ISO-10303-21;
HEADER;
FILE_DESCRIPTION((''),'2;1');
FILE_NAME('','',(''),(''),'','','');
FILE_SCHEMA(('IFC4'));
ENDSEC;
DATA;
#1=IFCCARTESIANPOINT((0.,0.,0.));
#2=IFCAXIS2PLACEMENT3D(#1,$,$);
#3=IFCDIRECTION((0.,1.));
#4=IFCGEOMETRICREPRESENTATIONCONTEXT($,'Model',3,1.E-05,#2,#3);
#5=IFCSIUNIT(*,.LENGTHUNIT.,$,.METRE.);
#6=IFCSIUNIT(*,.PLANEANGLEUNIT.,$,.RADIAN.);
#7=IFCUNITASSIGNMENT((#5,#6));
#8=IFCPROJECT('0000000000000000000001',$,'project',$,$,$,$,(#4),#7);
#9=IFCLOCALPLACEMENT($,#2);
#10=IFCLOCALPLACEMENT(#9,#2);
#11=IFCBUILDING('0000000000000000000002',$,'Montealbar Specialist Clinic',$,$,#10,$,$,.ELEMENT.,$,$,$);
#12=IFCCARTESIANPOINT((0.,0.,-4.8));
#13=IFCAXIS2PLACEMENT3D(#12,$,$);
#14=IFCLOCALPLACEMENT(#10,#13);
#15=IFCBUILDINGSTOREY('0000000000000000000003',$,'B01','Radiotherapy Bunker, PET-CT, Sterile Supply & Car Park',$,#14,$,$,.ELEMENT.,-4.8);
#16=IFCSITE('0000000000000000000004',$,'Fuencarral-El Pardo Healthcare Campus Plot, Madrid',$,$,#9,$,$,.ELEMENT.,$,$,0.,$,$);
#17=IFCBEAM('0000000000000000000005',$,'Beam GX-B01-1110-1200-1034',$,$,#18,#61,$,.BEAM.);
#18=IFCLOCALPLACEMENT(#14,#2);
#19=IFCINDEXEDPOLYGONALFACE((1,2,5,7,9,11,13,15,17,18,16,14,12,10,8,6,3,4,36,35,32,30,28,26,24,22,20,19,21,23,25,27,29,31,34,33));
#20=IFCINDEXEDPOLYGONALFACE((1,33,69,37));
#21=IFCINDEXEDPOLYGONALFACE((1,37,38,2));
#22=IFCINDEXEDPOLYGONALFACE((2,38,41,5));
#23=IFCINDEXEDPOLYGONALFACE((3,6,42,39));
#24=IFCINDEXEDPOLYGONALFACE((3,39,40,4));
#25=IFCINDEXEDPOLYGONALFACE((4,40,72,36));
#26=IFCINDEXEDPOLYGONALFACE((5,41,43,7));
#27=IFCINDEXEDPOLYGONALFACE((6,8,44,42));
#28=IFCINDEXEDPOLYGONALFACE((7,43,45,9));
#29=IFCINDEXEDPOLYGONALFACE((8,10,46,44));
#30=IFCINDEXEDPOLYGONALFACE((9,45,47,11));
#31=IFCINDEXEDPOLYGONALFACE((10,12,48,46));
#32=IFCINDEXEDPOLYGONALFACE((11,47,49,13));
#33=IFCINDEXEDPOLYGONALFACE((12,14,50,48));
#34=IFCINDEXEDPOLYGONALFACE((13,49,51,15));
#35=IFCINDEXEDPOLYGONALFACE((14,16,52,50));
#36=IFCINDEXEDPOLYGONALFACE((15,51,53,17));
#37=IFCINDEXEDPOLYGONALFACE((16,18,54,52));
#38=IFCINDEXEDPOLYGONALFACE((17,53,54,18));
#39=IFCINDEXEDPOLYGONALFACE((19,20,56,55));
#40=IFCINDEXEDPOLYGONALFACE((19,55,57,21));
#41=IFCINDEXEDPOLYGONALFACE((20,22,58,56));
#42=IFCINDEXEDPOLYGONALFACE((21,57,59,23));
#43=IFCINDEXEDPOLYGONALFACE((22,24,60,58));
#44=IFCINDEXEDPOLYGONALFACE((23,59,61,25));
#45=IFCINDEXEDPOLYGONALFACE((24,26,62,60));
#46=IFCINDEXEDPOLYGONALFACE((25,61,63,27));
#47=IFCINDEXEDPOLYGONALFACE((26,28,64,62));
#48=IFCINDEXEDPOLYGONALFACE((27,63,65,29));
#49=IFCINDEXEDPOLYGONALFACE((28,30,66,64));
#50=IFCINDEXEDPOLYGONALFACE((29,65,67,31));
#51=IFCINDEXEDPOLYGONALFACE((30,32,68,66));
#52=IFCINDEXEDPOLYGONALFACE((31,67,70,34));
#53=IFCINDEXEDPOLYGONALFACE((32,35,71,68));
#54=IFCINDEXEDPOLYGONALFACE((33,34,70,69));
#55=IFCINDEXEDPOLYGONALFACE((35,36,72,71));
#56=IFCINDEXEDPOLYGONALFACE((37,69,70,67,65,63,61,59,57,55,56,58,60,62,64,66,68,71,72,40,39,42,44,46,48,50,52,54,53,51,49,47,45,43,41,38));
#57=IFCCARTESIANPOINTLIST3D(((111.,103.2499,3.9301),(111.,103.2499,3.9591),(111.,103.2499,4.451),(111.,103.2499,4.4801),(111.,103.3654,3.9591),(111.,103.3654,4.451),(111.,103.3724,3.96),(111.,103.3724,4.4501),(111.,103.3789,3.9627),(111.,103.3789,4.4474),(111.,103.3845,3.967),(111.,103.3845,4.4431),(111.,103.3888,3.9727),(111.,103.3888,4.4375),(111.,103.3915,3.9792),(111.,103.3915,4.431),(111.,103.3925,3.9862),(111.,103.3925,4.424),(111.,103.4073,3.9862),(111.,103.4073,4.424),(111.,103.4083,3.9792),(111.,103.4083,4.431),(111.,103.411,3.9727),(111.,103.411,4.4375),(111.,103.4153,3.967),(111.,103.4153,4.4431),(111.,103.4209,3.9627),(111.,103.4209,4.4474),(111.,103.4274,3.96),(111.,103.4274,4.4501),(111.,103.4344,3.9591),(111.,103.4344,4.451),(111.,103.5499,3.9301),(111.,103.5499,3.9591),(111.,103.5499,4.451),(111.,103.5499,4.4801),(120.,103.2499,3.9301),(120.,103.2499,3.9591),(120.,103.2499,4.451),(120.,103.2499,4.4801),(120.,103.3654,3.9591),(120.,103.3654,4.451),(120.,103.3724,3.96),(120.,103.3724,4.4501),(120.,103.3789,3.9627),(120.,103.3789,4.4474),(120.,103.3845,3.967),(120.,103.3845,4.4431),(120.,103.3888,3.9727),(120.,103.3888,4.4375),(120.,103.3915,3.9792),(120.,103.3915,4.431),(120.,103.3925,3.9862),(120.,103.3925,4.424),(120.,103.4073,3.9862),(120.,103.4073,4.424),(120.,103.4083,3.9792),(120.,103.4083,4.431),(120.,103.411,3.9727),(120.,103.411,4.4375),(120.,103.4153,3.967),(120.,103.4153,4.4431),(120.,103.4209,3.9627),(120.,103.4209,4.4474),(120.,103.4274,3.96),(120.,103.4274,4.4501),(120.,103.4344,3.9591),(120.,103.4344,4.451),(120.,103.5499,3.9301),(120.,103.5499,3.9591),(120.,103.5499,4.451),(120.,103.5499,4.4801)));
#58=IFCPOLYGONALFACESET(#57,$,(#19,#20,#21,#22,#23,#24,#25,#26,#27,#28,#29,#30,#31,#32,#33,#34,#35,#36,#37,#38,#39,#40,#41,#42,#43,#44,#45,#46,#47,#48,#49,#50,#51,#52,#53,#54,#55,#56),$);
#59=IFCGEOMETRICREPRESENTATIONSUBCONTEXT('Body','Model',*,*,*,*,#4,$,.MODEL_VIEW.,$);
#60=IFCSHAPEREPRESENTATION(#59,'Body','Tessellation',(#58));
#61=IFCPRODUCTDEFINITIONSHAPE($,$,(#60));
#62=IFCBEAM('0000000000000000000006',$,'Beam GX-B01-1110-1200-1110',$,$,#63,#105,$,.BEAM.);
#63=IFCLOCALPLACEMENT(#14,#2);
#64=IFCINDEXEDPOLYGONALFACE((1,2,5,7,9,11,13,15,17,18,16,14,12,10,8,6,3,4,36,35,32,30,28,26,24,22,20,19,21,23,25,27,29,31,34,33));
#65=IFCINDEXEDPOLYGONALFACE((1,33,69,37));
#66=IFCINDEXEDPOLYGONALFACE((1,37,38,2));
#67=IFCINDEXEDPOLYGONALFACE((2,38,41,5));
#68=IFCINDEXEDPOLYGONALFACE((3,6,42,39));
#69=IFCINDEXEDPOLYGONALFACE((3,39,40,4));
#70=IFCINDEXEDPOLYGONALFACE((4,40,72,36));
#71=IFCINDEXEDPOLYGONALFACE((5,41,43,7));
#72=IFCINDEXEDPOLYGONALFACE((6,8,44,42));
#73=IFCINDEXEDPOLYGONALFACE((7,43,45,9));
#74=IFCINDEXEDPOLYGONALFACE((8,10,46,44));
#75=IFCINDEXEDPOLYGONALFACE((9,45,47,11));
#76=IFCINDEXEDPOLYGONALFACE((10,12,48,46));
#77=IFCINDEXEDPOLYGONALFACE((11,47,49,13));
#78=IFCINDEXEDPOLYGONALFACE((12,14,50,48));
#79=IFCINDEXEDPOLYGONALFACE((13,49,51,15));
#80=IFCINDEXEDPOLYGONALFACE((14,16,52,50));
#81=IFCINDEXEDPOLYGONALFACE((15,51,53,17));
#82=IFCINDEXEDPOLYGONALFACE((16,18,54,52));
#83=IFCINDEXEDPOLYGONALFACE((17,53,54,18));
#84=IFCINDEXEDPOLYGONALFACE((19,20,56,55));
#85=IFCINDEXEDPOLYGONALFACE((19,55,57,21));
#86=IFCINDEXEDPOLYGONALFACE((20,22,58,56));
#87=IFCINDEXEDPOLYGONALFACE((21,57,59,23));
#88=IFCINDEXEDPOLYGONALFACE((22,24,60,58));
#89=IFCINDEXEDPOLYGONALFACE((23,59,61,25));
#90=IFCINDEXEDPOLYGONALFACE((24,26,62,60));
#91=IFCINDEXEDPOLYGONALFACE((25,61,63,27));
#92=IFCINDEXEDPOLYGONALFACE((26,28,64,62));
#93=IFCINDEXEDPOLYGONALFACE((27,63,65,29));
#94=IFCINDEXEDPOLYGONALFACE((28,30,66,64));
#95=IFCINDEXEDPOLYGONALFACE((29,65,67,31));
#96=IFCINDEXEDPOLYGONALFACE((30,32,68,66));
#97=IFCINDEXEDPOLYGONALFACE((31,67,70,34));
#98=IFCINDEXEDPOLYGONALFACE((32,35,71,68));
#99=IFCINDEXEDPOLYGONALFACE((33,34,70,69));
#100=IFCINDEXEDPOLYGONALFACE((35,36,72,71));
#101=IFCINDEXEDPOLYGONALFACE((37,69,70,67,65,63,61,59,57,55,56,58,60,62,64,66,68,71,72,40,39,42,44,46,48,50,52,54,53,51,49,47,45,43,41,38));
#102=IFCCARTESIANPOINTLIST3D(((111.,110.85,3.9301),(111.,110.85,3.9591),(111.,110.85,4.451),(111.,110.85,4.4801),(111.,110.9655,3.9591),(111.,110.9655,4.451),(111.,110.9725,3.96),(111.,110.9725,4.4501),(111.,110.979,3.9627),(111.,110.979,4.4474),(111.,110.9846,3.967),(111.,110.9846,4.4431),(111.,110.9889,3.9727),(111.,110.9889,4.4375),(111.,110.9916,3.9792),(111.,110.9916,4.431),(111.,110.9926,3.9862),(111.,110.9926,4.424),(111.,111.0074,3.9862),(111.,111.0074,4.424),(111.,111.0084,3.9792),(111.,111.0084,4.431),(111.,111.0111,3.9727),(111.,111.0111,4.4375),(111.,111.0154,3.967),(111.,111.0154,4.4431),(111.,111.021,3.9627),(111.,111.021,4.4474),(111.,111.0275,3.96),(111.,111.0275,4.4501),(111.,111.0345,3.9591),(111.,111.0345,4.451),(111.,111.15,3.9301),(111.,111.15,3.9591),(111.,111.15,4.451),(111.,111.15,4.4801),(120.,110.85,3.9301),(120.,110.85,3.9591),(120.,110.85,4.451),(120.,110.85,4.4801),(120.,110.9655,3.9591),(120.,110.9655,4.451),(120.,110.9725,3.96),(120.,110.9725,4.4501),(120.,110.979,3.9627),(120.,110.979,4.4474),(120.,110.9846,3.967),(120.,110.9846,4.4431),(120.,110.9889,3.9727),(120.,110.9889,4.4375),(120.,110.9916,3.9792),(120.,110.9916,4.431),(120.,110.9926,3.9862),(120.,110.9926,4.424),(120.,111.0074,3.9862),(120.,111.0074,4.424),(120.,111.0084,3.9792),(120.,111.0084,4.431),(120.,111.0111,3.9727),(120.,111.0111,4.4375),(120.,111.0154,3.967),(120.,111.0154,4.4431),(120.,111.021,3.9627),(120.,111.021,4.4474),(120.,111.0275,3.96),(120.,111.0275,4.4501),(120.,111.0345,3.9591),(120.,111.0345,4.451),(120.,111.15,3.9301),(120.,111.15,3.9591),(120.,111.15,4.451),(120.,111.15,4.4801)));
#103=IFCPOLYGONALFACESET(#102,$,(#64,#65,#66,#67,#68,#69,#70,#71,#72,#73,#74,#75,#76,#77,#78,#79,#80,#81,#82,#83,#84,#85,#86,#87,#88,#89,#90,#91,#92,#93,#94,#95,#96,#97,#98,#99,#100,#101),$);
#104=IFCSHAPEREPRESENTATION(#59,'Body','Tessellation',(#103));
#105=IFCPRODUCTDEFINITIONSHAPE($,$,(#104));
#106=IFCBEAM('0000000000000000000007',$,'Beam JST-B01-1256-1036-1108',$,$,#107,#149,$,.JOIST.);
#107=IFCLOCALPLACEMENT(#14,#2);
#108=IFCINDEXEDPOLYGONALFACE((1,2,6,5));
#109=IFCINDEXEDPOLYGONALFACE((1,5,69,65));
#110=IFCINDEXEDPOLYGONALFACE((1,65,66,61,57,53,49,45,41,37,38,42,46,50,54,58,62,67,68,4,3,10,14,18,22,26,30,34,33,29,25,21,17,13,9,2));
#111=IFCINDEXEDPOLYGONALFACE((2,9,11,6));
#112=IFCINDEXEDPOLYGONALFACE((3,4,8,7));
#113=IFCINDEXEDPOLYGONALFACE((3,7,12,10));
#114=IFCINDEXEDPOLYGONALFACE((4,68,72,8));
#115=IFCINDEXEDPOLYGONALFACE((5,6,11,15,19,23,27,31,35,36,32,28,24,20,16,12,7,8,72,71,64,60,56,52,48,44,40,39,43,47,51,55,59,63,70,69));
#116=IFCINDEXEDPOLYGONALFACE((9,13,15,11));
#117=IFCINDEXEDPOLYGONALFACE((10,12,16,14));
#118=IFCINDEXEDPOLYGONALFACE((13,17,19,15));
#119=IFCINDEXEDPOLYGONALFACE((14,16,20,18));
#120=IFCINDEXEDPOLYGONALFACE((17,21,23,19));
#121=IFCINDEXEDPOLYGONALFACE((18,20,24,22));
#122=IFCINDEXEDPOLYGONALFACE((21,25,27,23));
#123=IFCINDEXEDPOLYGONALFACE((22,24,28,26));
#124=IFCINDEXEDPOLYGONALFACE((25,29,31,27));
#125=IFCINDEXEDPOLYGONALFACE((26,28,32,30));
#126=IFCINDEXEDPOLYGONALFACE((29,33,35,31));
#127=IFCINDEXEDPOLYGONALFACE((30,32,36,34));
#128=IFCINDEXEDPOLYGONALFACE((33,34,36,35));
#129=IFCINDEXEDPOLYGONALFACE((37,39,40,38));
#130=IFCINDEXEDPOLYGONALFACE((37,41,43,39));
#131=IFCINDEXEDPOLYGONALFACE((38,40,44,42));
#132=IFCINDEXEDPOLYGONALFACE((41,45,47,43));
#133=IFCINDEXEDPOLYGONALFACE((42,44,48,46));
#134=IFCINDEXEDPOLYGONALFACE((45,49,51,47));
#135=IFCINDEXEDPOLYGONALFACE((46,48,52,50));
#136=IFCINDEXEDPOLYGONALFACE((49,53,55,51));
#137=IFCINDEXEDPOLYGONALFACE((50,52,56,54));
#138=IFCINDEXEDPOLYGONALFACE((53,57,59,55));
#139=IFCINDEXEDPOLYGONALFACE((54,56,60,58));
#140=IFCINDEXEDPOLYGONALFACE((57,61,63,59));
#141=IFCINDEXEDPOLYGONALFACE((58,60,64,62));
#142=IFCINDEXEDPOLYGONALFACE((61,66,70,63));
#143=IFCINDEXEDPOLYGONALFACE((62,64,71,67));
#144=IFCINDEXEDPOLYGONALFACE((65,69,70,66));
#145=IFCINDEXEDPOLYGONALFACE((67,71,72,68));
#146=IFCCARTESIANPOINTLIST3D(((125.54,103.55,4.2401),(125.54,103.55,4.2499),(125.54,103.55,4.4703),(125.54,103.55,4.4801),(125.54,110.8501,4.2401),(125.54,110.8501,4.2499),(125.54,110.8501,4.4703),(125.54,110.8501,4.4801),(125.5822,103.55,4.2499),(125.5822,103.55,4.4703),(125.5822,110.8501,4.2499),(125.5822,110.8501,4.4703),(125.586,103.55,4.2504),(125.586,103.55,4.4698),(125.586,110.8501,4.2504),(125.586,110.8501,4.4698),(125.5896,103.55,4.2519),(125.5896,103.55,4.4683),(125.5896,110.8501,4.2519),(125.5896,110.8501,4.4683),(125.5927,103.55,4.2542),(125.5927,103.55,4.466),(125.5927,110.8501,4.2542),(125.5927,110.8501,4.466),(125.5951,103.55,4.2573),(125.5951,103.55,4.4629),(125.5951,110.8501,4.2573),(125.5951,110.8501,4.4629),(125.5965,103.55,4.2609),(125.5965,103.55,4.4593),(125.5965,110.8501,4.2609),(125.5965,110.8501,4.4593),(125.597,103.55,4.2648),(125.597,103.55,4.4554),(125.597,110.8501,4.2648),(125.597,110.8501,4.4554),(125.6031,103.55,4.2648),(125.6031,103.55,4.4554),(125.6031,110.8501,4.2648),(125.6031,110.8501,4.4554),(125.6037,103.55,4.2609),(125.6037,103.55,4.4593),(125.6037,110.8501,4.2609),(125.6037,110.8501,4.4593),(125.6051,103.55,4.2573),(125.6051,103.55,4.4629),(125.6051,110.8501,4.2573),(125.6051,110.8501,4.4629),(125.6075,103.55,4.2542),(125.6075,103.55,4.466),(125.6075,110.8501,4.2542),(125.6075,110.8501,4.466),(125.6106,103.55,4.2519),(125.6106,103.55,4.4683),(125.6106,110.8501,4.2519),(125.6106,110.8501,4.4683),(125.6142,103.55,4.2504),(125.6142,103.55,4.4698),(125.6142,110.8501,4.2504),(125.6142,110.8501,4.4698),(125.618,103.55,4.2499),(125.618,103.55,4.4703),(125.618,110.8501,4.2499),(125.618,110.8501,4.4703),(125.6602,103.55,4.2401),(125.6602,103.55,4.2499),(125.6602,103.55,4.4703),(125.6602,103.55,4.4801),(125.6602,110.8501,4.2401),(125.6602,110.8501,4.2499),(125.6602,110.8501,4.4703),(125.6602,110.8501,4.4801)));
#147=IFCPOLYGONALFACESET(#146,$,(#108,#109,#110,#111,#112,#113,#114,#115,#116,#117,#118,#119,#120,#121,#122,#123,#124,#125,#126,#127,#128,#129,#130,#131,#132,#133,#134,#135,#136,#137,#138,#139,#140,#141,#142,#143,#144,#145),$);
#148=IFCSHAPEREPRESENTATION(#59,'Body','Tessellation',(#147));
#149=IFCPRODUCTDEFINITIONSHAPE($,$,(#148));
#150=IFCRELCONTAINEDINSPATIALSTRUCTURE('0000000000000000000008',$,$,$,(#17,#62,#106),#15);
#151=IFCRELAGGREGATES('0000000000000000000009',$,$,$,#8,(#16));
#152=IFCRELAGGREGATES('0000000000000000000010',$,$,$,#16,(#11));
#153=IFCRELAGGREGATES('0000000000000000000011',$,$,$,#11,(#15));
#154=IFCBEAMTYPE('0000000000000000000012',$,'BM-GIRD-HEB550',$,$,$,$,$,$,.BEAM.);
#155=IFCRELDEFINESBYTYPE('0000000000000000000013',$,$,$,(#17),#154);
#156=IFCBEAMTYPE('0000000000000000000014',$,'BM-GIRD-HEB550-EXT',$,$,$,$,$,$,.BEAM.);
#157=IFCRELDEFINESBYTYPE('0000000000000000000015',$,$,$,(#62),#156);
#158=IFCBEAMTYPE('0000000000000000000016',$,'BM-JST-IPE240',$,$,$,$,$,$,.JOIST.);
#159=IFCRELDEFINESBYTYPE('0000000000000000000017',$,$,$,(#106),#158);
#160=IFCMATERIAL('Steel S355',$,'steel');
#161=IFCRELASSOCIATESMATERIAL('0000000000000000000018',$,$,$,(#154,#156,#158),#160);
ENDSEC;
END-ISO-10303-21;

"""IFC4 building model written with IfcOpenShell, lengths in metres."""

from ifc_helpers import new_model, si_unit, direction, frame, origin, origin_2d, place, context, subcontext, project, spatial, i_section, extrude, material, material_profile, profile_set, type_object, element, save


model = new_model("IFC4")

# Units and contexts
model_context = context("Model", 3, precision=1e-05, world=origin(), true_north=direction((0.0, 1.0)))
body_context = subcontext(model_context, "Body", "Model", "MODEL_VIEW")
ifc_project = project(units=[si_unit("LENGTHUNIT", "METRE"), si_unit("PLANEANGLEUNIT", "RADIAN")], contexts=[model_context])

# Site, building, storey
site_placement = place(None, origin())
site = spatial("IfcSite", under=ifc_project, at=site_placement, Name="Fuencarral-El Pardo Healthcare Campus Plot, Madrid", CompositionType="ELEMENT", RefElevation=0.0)
building_placement = place(site_placement, origin())
building = spatial("IfcBuilding", under=site, at=building_placement, Name="Montealbar Specialist Clinic", CompositionType="ELEMENT")
storey_placement = place(building_placement, frame((0.0, 0.0, -4.8)))
storey = spatial("IfcBuildingStorey", under=building, at=storey_placement, Name="B01", Description="Radiotherapy Bunker, PET-CT, Sterile Supply & Car Park", CompositionType="ELEMENT", Elevation=-4.8)

# Shared definitions
ifc_material_1 = material(Name="Steel S355", Category="steel")

# Beams
ifc_material_profile_1 = material_profile(ifc_material_1, i_section(OverallWidth=0.3, OverallDepth=0.55, WebThickness=0.0149, FlangeThickness=0.0291, FilletRadius=0.0271, at=origin_2d()), Name="HEB 550", Category="steel")
ifc_profile_set_1 = profile_set([ifc_material_profile_1], Name="Steel S355")
beam_type_1 = type_object("IfcBeamType", Name="BM-GIRD-HEB550", PredefinedType="BEAM", material=ifc_profile_set_1)
beam_1_placement = place(storey_placement, frame((111.0, 103.3999, 4.2051), z_axis=(1.0, 0.0, 0.0), x_axis=(0.0, 1.0, 0.0)))
element("IfcBeam", 1, at=beam_1_placement, inside=storey, type_object=beam_type_1, Name="Beam GX-B01-1110-1200-1034", PredefinedType="BEAM", context=body_context, shape_type="SweptSolid", body=[
    extrude(i_section(OverallWidth=0.3, OverallDepth=0.55, WebThickness=0.0149, FlangeThickness=0.0291, FilletRadius=0.0271, at=origin_2d()), origin(), (0.0, 0.0, 1.0), 9.0),
])
ifc_material_profile_2 = material_profile(ifc_material_1, i_section(OverallWidth=0.3, OverallDepth=0.55, WebThickness=0.0149, FlangeThickness=0.0291, FilletRadius=0.0271, at=origin_2d()), Name="HEB 550", Category="steel")
ifc_profile_set_2 = profile_set([ifc_material_profile_2], Name="Steel S355")
beam_type_2 = type_object("IfcBeamType", Name="BM-GIRD-HEB550-EXT", PredefinedType="BEAM", material=ifc_profile_set_2)
beam_2_placement = place(storey_placement, frame((111.0, 111.0, 4.2051), z_axis=(1.0, 0.0, 0.0), x_axis=(0.0, 1.0, 0.0)))
element("IfcBeam", 2, at=beam_2_placement, inside=storey, type_object=beam_type_2, Name="Beam GX-B01-1110-1200-1110", PredefinedType="BEAM", context=body_context, shape_type="SweptSolid", body=[
    extrude(i_section(OverallWidth=0.3, OverallDepth=0.55, WebThickness=0.0149, FlangeThickness=0.0291, FilletRadius=0.0271, at=origin_2d()), origin(), (0.0, 0.0, 1.0), 9.0),
])
ifc_material_profile_3 = material_profile(ifc_material_1, i_section(OverallWidth=0.1201, OverallDepth=0.24, WebThickness=0.0061, FlangeThickness=0.0098, FilletRadius=0.0149, at=origin_2d()), Name="IPE 240", Category="steel")
ifc_profile_set_3 = profile_set([ifc_material_profile_3], Name="Steel S355")
beam_type_3 = type_object("IfcBeamType", Name="BM-JST-IPE240", PredefinedType="JOIST", material=ifc_profile_set_3)
beam_3_placement = place(storey_placement, frame((125.6001, 103.55, 4.3601), z_axis=(0.0, 1.0, 0.0), x_axis=(-1.0, 0.0, 0.0)))
element("IfcBeam", 3, at=beam_3_placement, inside=storey, type_object=beam_type_3, Name="Beam JST-B01-1256-1036-1108", PredefinedType="JOIST", context=body_context, shape_type="SweptSolid", body=[
    extrude(i_section(OverallWidth=0.1201, OverallDepth=0.24, WebThickness=0.0061, FlangeThickness=0.0098, FilletRadius=0.0149, at=origin_2d()), origin(), (0.0, 0.0, 1.0), 7.3),
])

save(model, "model.ifc")
